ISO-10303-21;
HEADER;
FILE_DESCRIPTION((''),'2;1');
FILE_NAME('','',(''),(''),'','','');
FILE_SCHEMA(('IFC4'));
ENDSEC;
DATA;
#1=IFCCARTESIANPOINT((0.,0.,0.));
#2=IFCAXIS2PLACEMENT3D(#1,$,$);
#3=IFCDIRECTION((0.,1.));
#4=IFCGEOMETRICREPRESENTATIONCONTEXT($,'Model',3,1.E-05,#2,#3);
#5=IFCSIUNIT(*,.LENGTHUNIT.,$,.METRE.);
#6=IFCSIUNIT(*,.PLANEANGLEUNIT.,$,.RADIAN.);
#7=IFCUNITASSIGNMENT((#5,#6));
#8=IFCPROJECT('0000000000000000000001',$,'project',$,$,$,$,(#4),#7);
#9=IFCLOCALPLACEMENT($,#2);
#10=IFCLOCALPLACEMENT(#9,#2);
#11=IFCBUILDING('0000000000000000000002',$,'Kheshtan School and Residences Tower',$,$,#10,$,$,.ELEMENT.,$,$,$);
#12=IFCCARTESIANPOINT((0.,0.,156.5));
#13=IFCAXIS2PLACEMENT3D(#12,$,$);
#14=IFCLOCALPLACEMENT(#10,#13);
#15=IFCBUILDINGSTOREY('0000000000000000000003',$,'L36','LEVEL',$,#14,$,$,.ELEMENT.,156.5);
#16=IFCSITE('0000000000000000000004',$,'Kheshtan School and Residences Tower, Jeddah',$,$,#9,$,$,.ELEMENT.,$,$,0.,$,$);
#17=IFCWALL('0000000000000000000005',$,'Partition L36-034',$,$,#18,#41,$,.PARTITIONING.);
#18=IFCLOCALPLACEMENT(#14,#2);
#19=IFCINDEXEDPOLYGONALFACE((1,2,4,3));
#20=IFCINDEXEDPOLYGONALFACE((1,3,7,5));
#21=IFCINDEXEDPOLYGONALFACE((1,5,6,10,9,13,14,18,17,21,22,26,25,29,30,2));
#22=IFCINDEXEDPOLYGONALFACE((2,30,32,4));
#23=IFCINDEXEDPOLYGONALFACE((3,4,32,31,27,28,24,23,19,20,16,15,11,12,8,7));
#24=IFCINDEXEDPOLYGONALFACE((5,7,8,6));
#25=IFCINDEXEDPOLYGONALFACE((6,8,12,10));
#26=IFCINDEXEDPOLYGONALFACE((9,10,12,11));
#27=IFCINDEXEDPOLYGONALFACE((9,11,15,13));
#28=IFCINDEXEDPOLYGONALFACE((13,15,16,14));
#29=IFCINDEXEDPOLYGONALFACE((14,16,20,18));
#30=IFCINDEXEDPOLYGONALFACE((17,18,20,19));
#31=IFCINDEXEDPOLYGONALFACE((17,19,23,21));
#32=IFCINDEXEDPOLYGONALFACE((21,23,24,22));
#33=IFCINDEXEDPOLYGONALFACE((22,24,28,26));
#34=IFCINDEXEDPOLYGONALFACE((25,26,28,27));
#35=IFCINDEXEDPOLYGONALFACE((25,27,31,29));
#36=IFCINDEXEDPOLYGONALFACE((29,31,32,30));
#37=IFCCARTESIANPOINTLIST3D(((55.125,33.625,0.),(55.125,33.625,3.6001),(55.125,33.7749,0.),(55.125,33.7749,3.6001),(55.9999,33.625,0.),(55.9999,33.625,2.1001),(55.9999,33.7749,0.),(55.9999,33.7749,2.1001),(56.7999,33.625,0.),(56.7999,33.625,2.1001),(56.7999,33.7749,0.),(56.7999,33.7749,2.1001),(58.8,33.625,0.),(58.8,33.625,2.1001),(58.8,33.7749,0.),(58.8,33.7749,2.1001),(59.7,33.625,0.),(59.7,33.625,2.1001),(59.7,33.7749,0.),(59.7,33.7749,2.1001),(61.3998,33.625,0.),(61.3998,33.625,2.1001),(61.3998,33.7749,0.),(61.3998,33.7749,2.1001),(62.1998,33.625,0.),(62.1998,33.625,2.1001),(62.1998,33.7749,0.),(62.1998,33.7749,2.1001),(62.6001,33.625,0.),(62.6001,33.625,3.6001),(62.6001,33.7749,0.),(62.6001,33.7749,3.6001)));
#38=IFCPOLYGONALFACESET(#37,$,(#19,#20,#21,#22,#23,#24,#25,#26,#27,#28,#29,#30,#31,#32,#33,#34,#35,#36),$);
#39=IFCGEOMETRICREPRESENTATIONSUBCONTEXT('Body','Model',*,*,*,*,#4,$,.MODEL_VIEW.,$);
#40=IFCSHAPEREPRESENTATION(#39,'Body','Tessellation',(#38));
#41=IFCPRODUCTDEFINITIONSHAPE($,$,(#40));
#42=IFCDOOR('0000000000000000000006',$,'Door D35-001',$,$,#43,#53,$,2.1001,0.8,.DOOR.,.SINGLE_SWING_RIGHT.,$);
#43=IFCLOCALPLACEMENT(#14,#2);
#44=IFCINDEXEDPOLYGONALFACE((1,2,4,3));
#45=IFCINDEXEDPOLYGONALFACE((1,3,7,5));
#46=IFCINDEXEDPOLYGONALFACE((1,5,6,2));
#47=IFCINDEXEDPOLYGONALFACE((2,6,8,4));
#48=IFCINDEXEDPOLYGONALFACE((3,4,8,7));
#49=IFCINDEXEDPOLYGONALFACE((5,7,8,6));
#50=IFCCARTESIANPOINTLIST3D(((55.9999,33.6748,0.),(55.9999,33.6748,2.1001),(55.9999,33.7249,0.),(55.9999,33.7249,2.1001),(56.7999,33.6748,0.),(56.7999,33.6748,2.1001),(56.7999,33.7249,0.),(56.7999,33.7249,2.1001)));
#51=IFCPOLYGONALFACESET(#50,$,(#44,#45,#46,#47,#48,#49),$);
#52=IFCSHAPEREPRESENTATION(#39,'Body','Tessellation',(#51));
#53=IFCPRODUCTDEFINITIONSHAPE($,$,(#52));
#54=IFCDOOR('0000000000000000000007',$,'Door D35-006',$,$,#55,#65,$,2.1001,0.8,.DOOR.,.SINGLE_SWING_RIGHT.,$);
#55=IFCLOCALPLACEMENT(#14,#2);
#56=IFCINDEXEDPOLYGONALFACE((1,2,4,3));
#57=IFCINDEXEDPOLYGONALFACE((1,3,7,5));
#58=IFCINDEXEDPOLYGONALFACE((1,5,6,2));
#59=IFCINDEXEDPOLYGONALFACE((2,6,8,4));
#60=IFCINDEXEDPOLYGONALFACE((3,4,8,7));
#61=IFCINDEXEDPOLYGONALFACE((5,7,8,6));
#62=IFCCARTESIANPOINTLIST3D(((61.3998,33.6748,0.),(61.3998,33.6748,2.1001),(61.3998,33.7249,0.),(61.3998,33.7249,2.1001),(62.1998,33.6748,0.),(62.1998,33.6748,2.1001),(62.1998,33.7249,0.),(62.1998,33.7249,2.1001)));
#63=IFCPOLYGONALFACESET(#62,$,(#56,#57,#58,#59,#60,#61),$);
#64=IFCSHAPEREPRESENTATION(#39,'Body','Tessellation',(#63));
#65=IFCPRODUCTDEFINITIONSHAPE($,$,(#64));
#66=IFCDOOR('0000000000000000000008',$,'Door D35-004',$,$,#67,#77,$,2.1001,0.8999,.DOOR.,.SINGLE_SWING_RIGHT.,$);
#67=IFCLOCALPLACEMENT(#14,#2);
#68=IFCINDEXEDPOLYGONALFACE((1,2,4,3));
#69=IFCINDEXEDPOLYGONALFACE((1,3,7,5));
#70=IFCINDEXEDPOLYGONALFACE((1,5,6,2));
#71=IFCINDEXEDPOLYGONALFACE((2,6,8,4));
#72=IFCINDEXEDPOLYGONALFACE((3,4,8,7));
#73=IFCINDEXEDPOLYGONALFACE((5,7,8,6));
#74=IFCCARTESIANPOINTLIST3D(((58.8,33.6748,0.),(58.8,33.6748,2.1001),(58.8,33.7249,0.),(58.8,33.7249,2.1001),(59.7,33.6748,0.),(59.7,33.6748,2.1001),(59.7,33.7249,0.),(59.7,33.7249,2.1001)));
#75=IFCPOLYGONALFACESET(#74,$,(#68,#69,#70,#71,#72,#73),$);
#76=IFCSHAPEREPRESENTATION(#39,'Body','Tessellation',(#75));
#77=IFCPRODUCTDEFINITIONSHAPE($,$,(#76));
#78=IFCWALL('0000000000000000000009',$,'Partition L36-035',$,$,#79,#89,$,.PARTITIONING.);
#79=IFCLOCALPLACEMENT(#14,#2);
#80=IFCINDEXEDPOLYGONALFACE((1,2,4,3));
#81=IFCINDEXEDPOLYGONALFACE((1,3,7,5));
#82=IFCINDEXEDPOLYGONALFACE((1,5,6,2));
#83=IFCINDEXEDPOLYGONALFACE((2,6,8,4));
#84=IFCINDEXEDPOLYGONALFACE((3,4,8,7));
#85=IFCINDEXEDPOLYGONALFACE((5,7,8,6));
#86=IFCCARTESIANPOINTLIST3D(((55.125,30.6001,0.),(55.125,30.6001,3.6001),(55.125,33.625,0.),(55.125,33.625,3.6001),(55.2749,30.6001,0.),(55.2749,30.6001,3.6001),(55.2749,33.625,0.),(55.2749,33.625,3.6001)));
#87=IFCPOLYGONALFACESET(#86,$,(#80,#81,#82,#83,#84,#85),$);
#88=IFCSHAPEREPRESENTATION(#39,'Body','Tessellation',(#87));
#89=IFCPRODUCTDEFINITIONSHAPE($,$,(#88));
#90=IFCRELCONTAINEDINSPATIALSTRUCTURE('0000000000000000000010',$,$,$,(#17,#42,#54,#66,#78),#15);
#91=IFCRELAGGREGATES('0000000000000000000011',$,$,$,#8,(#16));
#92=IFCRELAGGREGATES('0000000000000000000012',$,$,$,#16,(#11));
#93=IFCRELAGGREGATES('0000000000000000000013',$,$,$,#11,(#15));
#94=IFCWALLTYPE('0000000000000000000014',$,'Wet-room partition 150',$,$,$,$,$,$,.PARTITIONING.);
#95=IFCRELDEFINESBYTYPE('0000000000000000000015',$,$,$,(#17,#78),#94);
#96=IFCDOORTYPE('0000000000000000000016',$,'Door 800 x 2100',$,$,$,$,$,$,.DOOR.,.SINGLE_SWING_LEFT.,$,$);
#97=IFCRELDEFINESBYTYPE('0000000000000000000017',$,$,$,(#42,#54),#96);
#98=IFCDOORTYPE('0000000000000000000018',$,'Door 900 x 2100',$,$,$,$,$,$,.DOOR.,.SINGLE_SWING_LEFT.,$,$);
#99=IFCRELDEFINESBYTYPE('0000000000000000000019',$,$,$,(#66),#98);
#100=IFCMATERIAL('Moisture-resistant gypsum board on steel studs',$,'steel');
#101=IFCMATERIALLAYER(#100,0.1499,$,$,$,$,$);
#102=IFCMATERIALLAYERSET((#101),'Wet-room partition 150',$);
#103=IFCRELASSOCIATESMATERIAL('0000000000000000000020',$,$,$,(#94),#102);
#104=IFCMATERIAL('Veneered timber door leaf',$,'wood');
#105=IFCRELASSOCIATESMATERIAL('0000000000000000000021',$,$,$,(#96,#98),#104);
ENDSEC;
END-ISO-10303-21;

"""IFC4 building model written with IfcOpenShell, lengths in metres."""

from ifc_helpers import new_model, si_unit, direction, frame, frame_2d, origin, place, context, subcontext, project, spatial, rectangle, extrude, source, transform, mapped, material, layer, layer_set, type_object, element, fill, save


model = new_model("IFC4")

# Units and contexts
model_context = context("Model", 3, precision=1e-05, world=origin(), true_north=direction((0.0, 1.0)))
body_context = subcontext(model_context, "Body", "Model", "MODEL_VIEW")
ifc_project = project(units=[si_unit("LENGTHUNIT", "METRE"), si_unit("PLANEANGLEUNIT", "RADIAN")], contexts=[model_context])

# Site, building, storey
site_placement = place(None, origin())
site = spatial("IfcSite", under=ifc_project, at=site_placement, Name="Kheshtan School and Residences Tower, Jeddah", CompositionType="ELEMENT", RefElevation=0.0)
building_placement = place(site_placement, origin())
building = spatial("IfcBuilding", under=site, at=building_placement, Name="Kheshtan School and Residences Tower", CompositionType="ELEMENT")
storey_placement = place(building_placement, frame((0.0, 0.0, 156.5)))
storey = spatial("IfcBuildingStorey", under=building, at=storey_placement, Name="L36", Description="LEVEL", CompositionType="ELEMENT", Elevation=156.5)

# Wall, openings, doors
ifc_material_1 = material(Name="Moisture-resistant gypsum board on steel studs", Category="steel")
ifc_layer_1 = layer(ifc_material_1, 0.1499)
ifc_layer_set_1 = layer_set([ifc_layer_1], Name="Wet-room partition 150")
wall_type_1 = type_object("IfcWallType", Name="Wet-room partition 150", PredefinedType="PARTITIONING", material=ifc_layer_set_1)
wall_1_placement = place(storey_placement, frame((55.125, 33.7, 0.0), z_axis=(0.0, 0.0, 1.0), x_axis=(1.0, 0.0, 0.0)))
wall_1 = element("IfcWall", 1, at=wall_1_placement, inside=storey, type_object=wall_type_1, Name="Partition L36-034", PredefinedType="PARTITIONING", context=body_context, shape_type="SweptSolid", body=[
    extrude(rectangle(XDim=7.4751, YDim=0.1499, at=frame_2d((3.7375, 0.0))), origin(), (0.0, 0.0, 1.0), 3.6001),
])
opening_1_placement = place(wall_1_placement, frame((0.875, 0.0, 0.0)))
opening_1 = element("IfcOpeningElement", 2, at=opening_1_placement, cuts=wall_1, PredefinedType="OPENING", context=body_context, shape_type="SweptSolid", body=[
    extrude(rectangle(XDim=0.8, YDim=2.1001, at=frame_2d((0.3999, 1.05))), frame((0.0, 0.085, 0.0), z_axis=(0.0, -1.0, 0.0), x_axis=(1.0, 0.0, 0.0)), (0.0, 0.0, 1.0), 0.1699),
])
opening_2_placement = place(wall_1_placement, frame((3.675, 0.0, 0.0)))
opening_2 = element("IfcOpeningElement", 3, at=opening_2_placement, cuts=wall_1, PredefinedType="OPENING", context=body_context, shape_type="SweptSolid", body=[
    extrude(rectangle(XDim=0.8999, YDim=2.1001, at=frame_2d((0.45, 1.05))), frame((0.0, 0.085, 0.0), z_axis=(0.0, -1.0, 0.0), x_axis=(1.0, 0.0, 0.0)), (0.0, 0.0, 1.0), 0.1699),
])
opening_3_placement = place(wall_1_placement, frame((6.2749, 0.0, 0.0)))
opening_3 = element("IfcOpeningElement", 4, at=opening_3_placement, cuts=wall_1, PredefinedType="OPENING", context=body_context, shape_type="SweptSolid", body=[
    extrude(rectangle(XDim=0.8, YDim=2.1001, at=frame_2d((0.3999, 1.05))), frame((0.0, 0.085, 0.0), z_axis=(0.0, -1.0, 0.0), x_axis=(1.0, 0.0, 0.0)), (0.0, 0.0, 1.0), 0.1699),
])
ifc_material_2 = material(Name="Veneered timber door leaf", Category="wood")
door_type_1 = type_object("IfcDoorType", Name="Door 800 x 2100", OperationType="SINGLE_SWING_LEFT", PredefinedType="DOOR", material=ifc_material_2)
shared_shape_1 = source(origin(), body_context, "Body", "SweptSolid", [
    extrude(rectangle(XDim=0.8, YDim=2.1001, at=frame_2d((0.3999, 1.05))), frame((0.0, 0.0249, 0.0), z_axis=(0.0, -1.0, 0.0), x_axis=(1.0, 0.0, 0.0)), (0.0, 0.0, 1.0), 0.05),
])
door_1_placement = place(opening_1_placement, origin())
door_1 = element("IfcDoor", 5, at=door_1_placement, inside=storey, type_object=door_type_1, Name="Door D35-001", OperationType="SINGLE_SWING_RIGHT", OverallHeight=2.1001, OverallWidth=0.8, PredefinedType="DOOR", context=body_context, shape_type="MappedRepresentation", body=[
    mapped(shared_shape_1, transform((0.0, 0.0, 0.0), x_axis=(1.0, 0.0, 0.0), y_axis=(0.0, 1.0, 0.0), z_axis=(0.0, 0.0, 1.0), scale=1.0)),
])
fill(opening_1, door_1)
door_2_placement = place(opening_3_placement, origin())
door_2 = element("IfcDoor", 6, at=door_2_placement, inside=storey, type_object=door_type_1, Name="Door D35-006", OperationType="SINGLE_SWING_RIGHT", OverallHeight=2.1001, OverallWidth=0.8, PredefinedType="DOOR", context=body_context, shape_type="MappedRepresentation", body=[
    mapped(shared_shape_1, transform((0.0, 0.0, 0.0), x_axis=(1.0, 0.0, 0.0), y_axis=(0.0, 1.0, 0.0), z_axis=(0.0, 0.0, 1.0), scale=1.0)),
])
fill(opening_3, door_2)
door_type_2 = type_object("IfcDoorType", Name="Door 900 x 2100", OperationType="SINGLE_SWING_LEFT", PredefinedType="DOOR", material=ifc_material_2)
shared_shape_2 = source(origin(), body_context, "Body", "SweptSolid", [
    extrude(rectangle(XDim=0.8999, YDim=2.1001, at=frame_2d((0.45, 1.05))), frame((0.0, 0.0249, 0.0), z_axis=(0.0, -1.0, 0.0), x_axis=(1.0, 0.0, 0.0)), (0.0, 0.0, 1.0), 0.05),
])
door_3_placement = place(opening_2_placement, origin())
door_3 = element("IfcDoor", 7, at=door_3_placement, inside=storey, type_object=door_type_2, Name="Door D35-004", OperationType="SINGLE_SWING_RIGHT", OverallHeight=2.1001, OverallWidth=0.8999, PredefinedType="DOOR", context=body_context, shape_type="MappedRepresentation", body=[
    mapped(shared_shape_2, transform((0.0, 0.0, 0.0), x_axis=(1.0, 0.0, 0.0), y_axis=(0.0, 1.0, 0.0), z_axis=(0.0, 0.0, 1.0), scale=1.0)),
])
fill(opening_2, door_3)

# Wall
wall_2_placement = place(storey_placement, frame((55.2, 30.6001, 0.0), z_axis=(0.0, 0.0, 1.0), x_axis=(0.0, 1.0, 0.0)))
element("IfcWall", 8, at=wall_2_placement, inside=storey, type_object=wall_type_1, Name="Partition L36-035", PredefinedType="PARTITIONING", context=body_context, shape_type="SweptSolid", body=[
    extrude(rectangle(XDim=3.0249, YDim=0.1499, at=frame_2d((1.5125, 0.0))), origin(), (0.0, 0.0, 1.0), 3.6001),
])

save(model, "model.ifc")
